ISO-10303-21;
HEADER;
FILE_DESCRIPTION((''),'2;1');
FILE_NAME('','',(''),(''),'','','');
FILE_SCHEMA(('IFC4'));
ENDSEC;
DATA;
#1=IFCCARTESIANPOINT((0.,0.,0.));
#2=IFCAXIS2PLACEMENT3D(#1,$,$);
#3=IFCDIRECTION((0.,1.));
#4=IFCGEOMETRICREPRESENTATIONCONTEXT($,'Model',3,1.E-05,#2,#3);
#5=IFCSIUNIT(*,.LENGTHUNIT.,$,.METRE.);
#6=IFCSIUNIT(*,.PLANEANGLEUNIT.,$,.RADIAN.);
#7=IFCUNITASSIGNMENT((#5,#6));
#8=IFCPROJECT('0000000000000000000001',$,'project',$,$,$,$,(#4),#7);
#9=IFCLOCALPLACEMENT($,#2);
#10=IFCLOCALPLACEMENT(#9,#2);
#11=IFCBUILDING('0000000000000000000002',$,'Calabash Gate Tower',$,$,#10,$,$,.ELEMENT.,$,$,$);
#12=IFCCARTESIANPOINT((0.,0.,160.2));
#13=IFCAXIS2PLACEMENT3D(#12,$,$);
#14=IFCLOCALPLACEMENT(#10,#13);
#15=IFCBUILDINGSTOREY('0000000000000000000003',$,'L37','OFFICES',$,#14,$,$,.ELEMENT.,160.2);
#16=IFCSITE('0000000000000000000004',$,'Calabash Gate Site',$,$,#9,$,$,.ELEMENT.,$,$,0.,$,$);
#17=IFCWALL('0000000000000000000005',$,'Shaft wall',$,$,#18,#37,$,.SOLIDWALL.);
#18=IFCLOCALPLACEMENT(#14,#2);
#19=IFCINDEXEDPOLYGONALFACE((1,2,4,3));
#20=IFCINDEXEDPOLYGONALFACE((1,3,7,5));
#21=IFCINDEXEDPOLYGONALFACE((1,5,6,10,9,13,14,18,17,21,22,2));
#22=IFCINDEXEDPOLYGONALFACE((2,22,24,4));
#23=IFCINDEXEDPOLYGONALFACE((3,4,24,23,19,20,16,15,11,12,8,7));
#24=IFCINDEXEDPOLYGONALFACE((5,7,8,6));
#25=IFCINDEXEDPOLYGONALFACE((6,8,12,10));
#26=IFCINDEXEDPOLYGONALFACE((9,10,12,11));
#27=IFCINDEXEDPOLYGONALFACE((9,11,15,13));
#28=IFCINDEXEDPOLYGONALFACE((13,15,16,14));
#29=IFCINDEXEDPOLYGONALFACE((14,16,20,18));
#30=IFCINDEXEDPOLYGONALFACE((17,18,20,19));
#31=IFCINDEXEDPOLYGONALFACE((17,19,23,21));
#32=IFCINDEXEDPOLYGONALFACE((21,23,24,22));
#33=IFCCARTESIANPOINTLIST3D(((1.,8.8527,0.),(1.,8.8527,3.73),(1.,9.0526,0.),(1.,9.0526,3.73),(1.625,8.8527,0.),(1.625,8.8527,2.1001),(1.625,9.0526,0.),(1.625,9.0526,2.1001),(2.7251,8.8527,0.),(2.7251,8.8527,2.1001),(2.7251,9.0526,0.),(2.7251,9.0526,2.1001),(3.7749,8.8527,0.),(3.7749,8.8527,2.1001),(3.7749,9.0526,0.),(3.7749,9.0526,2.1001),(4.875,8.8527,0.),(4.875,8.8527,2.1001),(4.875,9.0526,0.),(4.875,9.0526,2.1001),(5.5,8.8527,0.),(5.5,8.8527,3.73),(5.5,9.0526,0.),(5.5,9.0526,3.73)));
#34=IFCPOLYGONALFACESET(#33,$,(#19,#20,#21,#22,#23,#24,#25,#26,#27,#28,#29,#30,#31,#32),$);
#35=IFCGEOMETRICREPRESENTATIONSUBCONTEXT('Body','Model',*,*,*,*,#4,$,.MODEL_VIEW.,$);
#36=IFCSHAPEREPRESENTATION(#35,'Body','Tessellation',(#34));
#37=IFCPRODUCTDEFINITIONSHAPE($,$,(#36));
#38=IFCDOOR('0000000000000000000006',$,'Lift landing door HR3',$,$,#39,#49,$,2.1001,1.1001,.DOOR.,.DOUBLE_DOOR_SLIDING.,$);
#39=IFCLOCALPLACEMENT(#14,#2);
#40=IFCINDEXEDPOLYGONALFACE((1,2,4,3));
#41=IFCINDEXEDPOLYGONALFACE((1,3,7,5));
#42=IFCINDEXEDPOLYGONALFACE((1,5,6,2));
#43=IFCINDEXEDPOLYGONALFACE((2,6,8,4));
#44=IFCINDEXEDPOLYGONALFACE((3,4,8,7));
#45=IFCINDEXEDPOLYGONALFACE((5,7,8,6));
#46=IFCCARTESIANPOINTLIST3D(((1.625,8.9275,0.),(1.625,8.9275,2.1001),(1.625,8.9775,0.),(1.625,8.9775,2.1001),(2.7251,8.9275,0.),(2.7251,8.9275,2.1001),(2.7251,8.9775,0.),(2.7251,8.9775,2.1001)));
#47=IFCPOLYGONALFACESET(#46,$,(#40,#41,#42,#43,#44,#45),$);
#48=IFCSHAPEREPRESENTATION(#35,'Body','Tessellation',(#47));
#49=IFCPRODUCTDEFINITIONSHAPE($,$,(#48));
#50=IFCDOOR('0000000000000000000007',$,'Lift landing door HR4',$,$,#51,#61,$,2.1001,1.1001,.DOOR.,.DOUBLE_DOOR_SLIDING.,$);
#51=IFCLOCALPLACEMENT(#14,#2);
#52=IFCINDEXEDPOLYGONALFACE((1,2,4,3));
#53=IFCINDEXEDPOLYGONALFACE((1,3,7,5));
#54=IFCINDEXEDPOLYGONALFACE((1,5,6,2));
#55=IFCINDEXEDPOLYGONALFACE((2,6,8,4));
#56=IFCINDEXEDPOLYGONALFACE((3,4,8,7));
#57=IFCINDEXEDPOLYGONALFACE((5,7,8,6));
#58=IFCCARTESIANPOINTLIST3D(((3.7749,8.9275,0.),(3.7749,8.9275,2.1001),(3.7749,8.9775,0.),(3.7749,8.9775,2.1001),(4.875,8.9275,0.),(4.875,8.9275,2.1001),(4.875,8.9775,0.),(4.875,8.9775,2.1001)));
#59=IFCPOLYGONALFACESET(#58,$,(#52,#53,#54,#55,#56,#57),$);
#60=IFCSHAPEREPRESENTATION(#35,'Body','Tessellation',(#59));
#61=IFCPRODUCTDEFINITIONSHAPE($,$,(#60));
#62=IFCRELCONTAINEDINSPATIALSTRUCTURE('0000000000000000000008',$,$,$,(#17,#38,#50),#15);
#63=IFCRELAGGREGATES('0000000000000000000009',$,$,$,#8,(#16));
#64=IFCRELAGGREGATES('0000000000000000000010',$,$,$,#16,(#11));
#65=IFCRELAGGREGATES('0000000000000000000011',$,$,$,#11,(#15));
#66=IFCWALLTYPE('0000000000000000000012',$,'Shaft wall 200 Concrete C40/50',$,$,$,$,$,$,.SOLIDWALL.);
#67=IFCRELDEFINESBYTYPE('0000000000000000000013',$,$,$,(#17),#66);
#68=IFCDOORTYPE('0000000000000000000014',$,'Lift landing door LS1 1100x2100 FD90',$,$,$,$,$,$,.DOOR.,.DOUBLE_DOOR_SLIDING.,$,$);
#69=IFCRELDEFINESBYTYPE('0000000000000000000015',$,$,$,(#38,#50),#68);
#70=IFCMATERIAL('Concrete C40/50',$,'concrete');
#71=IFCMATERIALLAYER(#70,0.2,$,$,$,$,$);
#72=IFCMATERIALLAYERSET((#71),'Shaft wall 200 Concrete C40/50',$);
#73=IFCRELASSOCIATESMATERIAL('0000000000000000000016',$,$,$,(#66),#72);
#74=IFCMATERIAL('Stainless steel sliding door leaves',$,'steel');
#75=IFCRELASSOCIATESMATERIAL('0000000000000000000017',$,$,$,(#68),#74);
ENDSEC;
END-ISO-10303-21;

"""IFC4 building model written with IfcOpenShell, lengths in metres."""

from ifc_helpers import new_model, si_unit, direction, frame, frame_2d, origin, place, context, subcontext, project, spatial, rectangle, extrude, material, layer, layer_set, type_object, element, fill, save


model = new_model("IFC4")

# Units and contexts
model_context = context("Model", 3, precision=1e-05, world=origin(), true_north=direction((0.0, 1.0)))
body_context = subcontext(model_context, "Body", "Model", "MODEL_VIEW")
ifc_project = project(units=[si_unit("LENGTHUNIT", "METRE"), si_unit("PLANEANGLEUNIT", "RADIAN")], contexts=[model_context])

# Site, building, storey
site_placement = place(None, origin())
site = spatial("IfcSite", under=ifc_project, at=site_placement, Name="Calabash Gate Site", CompositionType="ELEMENT", RefElevation=0.0)
building_placement = place(site_placement, origin())
building = spatial("IfcBuilding", under=site, at=building_placement, Name="Calabash Gate Tower", CompositionType="ELEMENT")
storey_placement = place(building_placement, frame((0.0, 0.0, 160.2)))
storey = spatial("IfcBuildingStorey", under=building, at=storey_placement, Name="L37", Description="OFFICES", CompositionType="ELEMENT", Elevation=160.2)

# Shared definitions
ifc_material_1 = material(Name="Concrete C40/50", Category="concrete")
ifc_layer_1 = layer(ifc_material_1, 0.2)
ifc_layer_set_1 = layer_set([ifc_layer_1], Name="Shaft wall 200 Concrete C40/50")
wall_type_1 = type_object("IfcWallType", Name="Shaft wall 200 Concrete C40/50", PredefinedType="SOLIDWALL", material=ifc_layer_set_1)

# Wall, openings, doors
wall_1_placement = place(storey_placement, frame((1.0, 8.9526, 0.0), z_axis=(0.0, 0.0, 1.0), x_axis=(1.0, 0.0, 0.0)))
wall_1 = element("IfcWall", 1, at=wall_1_placement, inside=storey, type_object=wall_type_1, Name="Shaft wall", PredefinedType="SOLIDWALL", context=body_context, shape_type="SweptSolid", body=[
    extrude(rectangle(XDim=4.5, YDim=0.2, at=frame_2d((2.25, 0.0))), origin(), (0.0, 0.0, 1.0), 3.73),
])
opening_1_placement = place(wall_1_placement, frame((0.625, 0.0, 0.0)))
opening_1 = element("IfcOpeningElement", 2, at=opening_1_placement, cuts=wall_1, PredefinedType="OPENING", context=body_context, shape_type="SweptSolid", body=[
    extrude(rectangle(XDim=1.1001, YDim=2.1001, at=frame_2d((0.55, 1.05))), frame((0.0, 0.1099, 0.0), z_axis=(0.0, -1.0, 0.0), x_axis=(1.0, 0.0, 0.0)), (0.0, 0.0, 1.0), 0.22),
])
opening_2_placement = place(wall_1_placement, frame((2.7749, 0.0, 0.0)))
opening_2 = element("IfcOpeningElement", 3, at=opening_2_placement, cuts=wall_1, PredefinedType="OPENING", context=body_context, shape_type="SweptSolid", body=[
    extrude(rectangle(XDim=1.1001, YDim=2.1001, at=frame_2d((0.55, 1.05))), frame((0.0, 0.1099, 0.0), z_axis=(0.0, -1.0, 0.0), x_axis=(1.0, 0.0, 0.0)), (0.0, 0.0, 1.0), 0.22),
])
ifc_material_2 = material(Name="Stainless steel sliding door leaves", Category="steel")
door_type_1 = type_object("IfcDoorType", Name="Lift landing door LS1 1100x2100 FD90", OperationType="DOUBLE_DOOR_SLIDING", PredefinedType="DOOR", material=ifc_material_2)
door_1_placement = place(opening_1_placement, origin())
door_1 = element("IfcDoor", 4, at=door_1_placement, inside=storey, type_object=door_type_1, Name="Lift landing door HR3", OperationType="DOUBLE_DOOR_SLIDING", OverallHeight=2.1001, OverallWidth=1.1001, PredefinedType="DOOR", context=body_context, shape_type="SweptSolid", body=[
    extrude(rectangle(XDim=1.1001, YDim=2.1001, at=frame_2d((0.55, 1.05))), frame((0.0, 0.0249, 0.0), z_axis=(0.0, -1.0, 0.0), x_axis=(1.0, 0.0, 0.0)), (0.0, 0.0, 1.0), 0.05),
])
fill(opening_1, door_1)
door_2_placement = place(opening_2_placement, origin())
door_2 = element("IfcDoor", 5, at=door_2_placement, inside=storey, type_object=door_type_1, Name="Lift landing door HR4", OperationType="DOUBLE_DOOR_SLIDING", OverallHeight=2.1001, OverallWidth=1.1001, PredefinedType="DOOR", context=body_context, shape_type="SweptSolid", body=[
    extrude(rectangle(XDim=1.1001, YDim=2.1001, at=frame_2d((0.55, 1.05))), frame((0.0, 0.0249, 0.0), z_axis=(0.0, -1.0, 0.0), x_axis=(1.0, 0.0, 0.0)), (0.0, 0.0, 1.0), 0.05),
])
fill(opening_2, door_2)

save(model, "model.ifc")
